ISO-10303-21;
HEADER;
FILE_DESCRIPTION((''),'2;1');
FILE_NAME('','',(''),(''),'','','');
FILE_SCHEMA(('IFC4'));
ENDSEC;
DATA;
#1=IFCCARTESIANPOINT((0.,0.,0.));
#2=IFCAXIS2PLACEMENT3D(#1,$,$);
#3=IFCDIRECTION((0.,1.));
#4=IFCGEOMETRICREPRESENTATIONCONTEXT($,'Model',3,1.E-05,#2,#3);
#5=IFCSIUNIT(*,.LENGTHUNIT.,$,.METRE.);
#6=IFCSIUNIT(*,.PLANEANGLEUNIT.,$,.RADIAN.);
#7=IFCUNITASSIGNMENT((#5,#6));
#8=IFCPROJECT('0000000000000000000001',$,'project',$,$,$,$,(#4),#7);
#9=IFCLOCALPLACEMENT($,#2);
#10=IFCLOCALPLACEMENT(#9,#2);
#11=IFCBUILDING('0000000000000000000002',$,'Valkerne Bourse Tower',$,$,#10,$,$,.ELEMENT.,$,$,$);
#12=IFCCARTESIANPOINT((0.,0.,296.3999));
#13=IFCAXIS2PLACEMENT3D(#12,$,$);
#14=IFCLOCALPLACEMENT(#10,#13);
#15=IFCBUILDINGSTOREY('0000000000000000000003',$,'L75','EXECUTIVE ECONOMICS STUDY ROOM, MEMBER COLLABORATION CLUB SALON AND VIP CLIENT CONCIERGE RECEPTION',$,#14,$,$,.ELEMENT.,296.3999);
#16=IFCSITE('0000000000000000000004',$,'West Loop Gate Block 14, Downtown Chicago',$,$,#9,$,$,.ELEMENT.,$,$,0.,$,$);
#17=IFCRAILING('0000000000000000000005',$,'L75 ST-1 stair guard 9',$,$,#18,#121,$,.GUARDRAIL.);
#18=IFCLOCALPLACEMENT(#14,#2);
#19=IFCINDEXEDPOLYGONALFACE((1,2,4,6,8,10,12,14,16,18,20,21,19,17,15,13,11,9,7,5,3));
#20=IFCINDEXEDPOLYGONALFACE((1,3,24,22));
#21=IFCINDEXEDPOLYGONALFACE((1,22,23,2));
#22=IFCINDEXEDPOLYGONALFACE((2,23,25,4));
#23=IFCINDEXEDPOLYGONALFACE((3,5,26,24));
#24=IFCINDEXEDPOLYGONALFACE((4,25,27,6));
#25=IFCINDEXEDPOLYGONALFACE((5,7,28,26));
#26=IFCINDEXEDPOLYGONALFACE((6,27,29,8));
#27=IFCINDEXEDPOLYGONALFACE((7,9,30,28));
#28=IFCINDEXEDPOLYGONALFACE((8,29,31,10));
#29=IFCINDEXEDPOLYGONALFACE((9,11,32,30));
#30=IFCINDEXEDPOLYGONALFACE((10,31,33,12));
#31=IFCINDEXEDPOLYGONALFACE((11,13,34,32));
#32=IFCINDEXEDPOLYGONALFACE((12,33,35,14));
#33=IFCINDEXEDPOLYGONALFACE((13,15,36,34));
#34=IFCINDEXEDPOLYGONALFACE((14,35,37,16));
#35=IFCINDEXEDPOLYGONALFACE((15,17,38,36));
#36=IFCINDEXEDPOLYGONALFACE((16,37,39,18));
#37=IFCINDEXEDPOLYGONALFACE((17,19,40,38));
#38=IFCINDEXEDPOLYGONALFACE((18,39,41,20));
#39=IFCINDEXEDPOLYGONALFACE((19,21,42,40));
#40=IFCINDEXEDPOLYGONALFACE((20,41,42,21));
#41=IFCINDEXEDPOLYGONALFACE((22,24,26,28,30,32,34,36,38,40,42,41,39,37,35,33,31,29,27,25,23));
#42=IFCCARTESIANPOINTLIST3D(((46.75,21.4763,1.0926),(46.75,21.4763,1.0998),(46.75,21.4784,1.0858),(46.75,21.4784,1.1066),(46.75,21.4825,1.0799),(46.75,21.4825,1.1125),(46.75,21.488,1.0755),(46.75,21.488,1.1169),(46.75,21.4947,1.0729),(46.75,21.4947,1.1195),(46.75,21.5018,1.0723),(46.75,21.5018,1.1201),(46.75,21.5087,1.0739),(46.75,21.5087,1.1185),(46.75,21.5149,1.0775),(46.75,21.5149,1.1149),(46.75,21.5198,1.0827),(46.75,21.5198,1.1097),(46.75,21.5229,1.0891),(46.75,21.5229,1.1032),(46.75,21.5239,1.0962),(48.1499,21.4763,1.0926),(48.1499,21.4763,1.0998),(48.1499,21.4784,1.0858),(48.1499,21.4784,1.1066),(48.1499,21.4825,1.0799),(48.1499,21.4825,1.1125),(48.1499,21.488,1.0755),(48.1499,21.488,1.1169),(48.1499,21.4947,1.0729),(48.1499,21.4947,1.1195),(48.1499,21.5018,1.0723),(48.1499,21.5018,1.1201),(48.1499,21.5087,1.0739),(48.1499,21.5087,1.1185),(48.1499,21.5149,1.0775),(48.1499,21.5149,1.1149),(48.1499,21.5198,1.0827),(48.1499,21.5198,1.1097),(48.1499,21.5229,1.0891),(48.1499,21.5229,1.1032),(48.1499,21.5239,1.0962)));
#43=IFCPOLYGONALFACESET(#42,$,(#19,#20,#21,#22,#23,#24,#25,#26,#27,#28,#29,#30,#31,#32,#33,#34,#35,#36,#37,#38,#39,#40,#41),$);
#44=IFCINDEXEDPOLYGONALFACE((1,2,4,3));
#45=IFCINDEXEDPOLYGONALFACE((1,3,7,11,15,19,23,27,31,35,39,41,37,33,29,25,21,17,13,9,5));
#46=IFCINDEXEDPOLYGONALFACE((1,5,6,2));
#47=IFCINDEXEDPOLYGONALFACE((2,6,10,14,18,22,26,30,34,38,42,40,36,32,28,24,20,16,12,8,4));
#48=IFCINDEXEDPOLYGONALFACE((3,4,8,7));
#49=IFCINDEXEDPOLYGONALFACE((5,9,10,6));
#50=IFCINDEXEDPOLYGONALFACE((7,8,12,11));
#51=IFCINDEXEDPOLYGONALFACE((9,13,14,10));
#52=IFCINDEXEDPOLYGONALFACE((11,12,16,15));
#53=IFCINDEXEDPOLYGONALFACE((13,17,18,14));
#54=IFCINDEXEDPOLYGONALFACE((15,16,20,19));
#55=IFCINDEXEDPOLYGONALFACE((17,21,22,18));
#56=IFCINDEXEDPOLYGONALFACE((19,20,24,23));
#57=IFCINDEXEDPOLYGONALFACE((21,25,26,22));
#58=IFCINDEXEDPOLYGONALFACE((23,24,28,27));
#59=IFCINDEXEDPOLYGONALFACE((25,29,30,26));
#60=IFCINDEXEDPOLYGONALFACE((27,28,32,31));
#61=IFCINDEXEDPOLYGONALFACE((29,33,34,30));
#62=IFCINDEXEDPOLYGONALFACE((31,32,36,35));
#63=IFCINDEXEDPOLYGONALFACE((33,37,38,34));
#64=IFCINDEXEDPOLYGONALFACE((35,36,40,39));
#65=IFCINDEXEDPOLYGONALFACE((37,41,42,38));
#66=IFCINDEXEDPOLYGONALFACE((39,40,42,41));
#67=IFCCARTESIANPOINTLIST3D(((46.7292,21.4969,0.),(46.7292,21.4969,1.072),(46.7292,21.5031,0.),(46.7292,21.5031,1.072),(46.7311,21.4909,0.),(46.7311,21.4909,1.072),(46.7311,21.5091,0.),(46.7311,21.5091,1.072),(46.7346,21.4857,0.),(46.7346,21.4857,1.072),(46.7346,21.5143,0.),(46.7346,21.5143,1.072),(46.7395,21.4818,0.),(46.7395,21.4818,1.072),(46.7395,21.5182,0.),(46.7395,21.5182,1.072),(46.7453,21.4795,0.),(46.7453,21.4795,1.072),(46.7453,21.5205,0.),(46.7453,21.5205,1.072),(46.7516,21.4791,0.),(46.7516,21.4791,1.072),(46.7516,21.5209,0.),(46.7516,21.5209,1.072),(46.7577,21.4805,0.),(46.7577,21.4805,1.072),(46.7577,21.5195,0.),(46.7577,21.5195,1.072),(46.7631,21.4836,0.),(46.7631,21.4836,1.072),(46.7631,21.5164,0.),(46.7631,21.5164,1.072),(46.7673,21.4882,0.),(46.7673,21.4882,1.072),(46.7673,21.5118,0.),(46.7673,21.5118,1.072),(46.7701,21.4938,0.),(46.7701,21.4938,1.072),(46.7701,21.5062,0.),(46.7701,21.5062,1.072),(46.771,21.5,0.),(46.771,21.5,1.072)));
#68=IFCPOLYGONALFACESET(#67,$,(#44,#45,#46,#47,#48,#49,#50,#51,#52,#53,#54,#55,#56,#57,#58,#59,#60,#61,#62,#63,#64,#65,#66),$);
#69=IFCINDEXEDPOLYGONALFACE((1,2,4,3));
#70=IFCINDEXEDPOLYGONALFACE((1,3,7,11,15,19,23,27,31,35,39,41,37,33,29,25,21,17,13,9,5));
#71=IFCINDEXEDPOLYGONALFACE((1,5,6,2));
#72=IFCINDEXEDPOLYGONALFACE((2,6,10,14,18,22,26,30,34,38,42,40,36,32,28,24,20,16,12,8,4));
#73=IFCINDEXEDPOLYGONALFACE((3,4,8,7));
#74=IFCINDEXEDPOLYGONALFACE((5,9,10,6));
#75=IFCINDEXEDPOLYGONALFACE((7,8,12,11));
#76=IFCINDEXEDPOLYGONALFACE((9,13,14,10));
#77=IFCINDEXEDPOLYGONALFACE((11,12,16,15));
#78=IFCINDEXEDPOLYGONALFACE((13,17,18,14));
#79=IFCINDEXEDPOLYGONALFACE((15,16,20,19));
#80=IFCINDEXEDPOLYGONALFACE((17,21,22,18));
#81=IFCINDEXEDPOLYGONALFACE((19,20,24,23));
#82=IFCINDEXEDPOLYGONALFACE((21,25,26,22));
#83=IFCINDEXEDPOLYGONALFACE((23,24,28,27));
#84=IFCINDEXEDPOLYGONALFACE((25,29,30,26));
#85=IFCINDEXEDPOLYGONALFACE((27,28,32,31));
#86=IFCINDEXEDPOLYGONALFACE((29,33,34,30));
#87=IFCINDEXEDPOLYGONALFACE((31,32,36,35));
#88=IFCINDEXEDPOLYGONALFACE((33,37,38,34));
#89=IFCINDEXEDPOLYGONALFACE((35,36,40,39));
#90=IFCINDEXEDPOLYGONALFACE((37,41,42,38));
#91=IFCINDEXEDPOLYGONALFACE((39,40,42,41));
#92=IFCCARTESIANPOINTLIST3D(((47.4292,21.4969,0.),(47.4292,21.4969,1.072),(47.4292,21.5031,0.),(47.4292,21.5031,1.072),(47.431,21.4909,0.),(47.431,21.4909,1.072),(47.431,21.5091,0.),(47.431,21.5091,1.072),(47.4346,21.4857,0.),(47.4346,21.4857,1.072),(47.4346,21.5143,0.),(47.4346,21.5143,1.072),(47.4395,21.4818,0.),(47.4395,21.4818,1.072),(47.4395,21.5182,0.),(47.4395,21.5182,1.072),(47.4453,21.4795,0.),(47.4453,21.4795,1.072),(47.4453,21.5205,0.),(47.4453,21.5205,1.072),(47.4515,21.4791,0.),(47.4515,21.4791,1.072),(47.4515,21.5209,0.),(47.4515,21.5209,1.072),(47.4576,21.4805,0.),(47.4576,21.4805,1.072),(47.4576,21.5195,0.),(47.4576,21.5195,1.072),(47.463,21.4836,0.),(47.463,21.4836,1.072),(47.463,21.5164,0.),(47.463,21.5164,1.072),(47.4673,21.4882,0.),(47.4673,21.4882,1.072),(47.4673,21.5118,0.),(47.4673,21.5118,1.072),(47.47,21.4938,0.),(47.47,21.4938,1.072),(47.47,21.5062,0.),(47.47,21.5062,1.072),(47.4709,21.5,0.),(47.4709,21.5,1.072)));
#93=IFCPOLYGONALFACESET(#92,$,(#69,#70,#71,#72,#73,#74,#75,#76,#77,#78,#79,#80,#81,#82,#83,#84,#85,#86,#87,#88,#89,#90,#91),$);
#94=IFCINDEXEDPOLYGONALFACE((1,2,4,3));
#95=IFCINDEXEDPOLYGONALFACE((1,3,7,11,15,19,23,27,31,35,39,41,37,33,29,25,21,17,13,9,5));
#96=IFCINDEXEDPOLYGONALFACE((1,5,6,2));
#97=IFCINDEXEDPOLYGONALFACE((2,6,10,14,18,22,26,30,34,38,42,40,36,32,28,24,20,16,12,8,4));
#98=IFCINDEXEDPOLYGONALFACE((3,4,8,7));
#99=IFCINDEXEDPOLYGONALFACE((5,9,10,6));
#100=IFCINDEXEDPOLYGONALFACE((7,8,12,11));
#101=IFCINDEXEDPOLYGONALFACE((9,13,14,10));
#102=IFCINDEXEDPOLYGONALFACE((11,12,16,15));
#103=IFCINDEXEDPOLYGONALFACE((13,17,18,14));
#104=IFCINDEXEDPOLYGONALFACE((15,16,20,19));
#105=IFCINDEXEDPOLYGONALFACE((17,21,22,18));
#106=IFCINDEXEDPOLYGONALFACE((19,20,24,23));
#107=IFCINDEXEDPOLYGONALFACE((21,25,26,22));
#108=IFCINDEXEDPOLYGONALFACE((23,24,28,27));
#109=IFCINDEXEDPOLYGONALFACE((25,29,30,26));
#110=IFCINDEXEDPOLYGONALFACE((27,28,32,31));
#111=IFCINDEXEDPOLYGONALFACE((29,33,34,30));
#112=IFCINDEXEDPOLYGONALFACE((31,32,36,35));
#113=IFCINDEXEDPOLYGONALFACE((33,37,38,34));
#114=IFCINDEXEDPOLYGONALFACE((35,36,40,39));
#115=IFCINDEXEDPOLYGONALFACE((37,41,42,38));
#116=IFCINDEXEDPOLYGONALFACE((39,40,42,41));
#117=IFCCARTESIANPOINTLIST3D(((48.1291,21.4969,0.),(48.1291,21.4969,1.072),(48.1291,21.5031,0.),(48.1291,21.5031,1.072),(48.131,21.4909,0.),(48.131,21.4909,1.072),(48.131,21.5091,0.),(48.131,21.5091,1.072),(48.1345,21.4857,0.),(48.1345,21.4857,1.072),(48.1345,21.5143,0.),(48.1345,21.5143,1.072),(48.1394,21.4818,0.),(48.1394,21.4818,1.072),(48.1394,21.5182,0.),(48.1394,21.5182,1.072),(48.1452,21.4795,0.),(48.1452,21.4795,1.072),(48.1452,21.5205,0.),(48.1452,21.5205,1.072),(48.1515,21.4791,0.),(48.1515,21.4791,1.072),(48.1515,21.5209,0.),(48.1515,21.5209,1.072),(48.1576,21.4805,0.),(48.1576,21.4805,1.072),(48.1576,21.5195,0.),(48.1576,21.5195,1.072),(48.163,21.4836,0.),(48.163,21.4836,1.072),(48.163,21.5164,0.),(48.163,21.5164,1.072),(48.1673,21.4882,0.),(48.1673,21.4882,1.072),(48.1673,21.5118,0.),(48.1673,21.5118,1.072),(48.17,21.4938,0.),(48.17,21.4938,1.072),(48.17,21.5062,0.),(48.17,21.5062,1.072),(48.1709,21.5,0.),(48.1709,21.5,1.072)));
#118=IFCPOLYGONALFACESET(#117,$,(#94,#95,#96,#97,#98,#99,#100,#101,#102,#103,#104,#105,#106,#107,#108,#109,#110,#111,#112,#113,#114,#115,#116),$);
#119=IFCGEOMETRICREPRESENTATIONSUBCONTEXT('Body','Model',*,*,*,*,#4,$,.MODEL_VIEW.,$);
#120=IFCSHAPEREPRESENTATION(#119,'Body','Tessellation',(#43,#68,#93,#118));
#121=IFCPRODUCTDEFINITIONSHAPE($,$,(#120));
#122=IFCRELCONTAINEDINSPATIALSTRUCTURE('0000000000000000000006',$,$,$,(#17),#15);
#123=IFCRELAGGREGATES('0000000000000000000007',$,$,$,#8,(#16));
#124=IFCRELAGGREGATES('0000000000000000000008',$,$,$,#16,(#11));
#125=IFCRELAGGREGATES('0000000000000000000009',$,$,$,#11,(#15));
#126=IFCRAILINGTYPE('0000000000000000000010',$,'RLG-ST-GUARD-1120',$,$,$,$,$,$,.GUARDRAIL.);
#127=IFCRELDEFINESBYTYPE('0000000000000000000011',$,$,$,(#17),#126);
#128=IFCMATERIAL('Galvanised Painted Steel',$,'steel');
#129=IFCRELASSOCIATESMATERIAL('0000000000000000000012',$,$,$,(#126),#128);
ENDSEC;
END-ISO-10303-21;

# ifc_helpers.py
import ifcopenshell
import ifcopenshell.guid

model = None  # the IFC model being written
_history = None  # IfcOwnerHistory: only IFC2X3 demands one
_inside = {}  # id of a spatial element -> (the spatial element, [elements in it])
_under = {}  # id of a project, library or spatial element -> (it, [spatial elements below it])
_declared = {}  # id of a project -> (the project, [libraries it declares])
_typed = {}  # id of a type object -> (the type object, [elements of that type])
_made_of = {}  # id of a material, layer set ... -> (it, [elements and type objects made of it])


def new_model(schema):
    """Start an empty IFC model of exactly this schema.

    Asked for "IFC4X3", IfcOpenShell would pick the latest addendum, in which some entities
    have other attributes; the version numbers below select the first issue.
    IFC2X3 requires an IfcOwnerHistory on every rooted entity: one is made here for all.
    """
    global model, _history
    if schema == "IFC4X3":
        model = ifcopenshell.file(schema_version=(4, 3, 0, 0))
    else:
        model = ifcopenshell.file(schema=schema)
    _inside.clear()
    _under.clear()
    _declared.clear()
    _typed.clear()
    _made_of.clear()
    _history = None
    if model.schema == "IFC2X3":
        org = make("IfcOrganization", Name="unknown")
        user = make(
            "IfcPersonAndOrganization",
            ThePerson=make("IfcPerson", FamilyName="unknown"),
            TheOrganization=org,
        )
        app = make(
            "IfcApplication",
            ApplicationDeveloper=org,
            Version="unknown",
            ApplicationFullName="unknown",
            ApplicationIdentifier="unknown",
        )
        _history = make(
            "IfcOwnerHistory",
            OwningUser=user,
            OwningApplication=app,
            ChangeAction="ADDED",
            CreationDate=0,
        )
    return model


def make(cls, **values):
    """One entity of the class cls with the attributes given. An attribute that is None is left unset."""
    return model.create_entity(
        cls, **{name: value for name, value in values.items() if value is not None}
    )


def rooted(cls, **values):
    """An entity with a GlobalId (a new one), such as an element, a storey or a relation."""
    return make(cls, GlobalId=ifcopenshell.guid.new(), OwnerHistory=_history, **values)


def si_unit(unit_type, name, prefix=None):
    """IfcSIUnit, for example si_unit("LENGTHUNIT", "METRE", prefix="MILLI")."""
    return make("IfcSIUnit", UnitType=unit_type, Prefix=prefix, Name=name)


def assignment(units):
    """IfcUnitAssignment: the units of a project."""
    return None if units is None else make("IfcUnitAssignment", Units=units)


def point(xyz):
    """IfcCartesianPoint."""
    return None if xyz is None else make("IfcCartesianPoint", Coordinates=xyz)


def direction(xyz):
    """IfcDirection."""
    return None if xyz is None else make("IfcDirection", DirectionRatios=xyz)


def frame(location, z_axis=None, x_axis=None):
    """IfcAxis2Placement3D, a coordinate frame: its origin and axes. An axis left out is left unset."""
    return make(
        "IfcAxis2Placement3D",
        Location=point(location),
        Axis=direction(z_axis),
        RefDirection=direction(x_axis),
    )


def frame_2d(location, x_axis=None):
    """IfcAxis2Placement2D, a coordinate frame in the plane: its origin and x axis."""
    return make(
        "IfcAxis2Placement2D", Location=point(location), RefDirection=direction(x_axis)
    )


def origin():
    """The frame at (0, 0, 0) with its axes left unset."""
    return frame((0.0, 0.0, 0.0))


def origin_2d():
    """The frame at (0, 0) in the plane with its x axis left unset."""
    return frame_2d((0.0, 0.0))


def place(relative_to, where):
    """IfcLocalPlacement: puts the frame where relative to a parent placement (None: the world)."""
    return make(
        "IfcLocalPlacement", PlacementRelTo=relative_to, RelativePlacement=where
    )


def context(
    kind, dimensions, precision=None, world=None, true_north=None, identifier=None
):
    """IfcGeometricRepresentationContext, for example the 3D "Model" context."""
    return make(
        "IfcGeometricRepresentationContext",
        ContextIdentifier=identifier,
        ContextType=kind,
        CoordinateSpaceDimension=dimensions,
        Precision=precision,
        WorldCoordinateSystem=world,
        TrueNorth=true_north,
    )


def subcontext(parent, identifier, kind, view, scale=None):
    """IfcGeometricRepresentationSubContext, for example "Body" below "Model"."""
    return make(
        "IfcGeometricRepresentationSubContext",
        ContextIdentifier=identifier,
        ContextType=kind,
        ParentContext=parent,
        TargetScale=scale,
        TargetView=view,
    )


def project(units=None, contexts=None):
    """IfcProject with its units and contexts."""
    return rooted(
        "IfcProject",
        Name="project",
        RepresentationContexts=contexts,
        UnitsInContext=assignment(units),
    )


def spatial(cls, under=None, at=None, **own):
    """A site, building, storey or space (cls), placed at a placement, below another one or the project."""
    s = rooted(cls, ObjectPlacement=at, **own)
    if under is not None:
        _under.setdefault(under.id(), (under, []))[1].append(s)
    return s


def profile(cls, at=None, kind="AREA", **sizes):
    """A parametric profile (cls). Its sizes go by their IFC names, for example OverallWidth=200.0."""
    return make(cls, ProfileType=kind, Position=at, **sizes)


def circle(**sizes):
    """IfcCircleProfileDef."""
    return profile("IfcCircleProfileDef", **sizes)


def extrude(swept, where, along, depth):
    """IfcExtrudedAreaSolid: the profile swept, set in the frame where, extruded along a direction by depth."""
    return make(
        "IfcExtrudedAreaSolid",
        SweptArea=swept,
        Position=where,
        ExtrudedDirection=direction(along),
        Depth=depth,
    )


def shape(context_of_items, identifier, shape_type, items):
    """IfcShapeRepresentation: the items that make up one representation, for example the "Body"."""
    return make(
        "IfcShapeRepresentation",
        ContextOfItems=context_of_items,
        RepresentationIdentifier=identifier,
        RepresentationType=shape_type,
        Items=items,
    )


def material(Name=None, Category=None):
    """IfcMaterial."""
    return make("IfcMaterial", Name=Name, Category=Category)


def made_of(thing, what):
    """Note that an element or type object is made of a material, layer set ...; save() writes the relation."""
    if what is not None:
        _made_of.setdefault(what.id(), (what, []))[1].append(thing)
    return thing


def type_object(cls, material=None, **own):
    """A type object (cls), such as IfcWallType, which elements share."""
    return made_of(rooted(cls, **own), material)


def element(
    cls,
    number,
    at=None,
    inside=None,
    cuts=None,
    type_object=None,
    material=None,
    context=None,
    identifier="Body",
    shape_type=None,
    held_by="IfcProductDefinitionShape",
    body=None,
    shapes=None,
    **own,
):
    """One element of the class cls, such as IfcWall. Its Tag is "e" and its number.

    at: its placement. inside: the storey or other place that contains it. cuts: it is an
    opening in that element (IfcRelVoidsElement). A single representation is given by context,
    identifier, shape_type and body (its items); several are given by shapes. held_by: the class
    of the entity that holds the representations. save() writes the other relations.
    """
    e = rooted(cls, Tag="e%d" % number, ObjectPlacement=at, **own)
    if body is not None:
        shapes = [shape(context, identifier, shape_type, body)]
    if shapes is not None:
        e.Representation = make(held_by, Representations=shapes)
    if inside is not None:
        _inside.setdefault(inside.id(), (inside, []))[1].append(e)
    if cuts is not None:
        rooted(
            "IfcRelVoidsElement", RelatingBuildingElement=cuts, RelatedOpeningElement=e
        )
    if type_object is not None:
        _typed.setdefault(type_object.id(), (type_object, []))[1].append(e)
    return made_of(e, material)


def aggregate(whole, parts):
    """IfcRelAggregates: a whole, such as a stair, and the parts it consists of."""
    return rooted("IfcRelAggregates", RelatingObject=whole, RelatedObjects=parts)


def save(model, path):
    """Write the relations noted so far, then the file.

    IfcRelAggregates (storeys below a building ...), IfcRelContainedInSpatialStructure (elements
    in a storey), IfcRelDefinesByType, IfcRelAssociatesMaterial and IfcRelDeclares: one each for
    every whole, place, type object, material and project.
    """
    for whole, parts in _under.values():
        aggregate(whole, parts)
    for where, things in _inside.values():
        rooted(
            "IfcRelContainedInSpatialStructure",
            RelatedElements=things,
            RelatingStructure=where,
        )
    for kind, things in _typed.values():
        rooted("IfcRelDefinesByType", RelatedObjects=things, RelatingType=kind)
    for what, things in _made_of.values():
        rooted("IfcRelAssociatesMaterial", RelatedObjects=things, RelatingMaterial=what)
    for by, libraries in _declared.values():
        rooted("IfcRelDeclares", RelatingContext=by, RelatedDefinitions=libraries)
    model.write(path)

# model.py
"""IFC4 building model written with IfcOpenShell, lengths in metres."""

from ifc_helpers import new_model, si_unit, direction, frame, origin, origin_2d, place, context, subcontext, project, spatial, circle, extrude, material, type_object, element, save


model = new_model("IFC4")

# Units and contexts
model_context = context("Model", 3, precision=1e-05, world=origin(), true_north=direction((0.0, 1.0)))
body_context = subcontext(model_context, "Body", "Model", "MODEL_VIEW")
ifc_project = project(units=[si_unit("LENGTHUNIT", "METRE"), si_unit("PLANEANGLEUNIT", "RADIAN")], contexts=[model_context])

# Site, building, storey
site_placement = place(None, origin())
site = spatial("IfcSite", under=ifc_project, at=site_placement, Name="West Loop Gate Block 14, Downtown Chicago", CompositionType="ELEMENT", RefElevation=0.0)
building_placement = place(site_placement, origin())
building = spatial("IfcBuilding", under=site, at=building_placement, Name="Valkerne Bourse Tower", CompositionType="ELEMENT")
storey_placement = place(building_placement, frame((0.0, 0.0, 296.3999)))
storey = spatial("IfcBuildingStorey", under=building, at=storey_placement, Name="L75", Description="EXECUTIVE ECONOMICS STUDY ROOM, MEMBER COLLABORATION CLUB SALON AND VIP CLIENT CONCIERGE RECEPTION", CompositionType="ELEMENT", Elevation=296.3999)

# Shared definitions
ifc_material_1 = material(Name="Galvanised Painted Steel", Category="steel")

# Railing
railing_type_1 = type_object("IfcRailingType", Name="RLG-ST-GUARD-1120", PredefinedType="GUARDRAIL", material=ifc_material_1)
for number, where, name in (
    (1, (46.75, 21.5, 0.0), "L75 ST-1 stair guard 9"),
):
    element("IfcRailing", number, at=place(storey_placement, frame(where)), inside=storey, type_object=railing_type_1, Name=name, PredefinedType="GUARDRAIL", context=body_context, shape_type="SweptSolid", body=[
        extrude(circle(Radius=0.0239, at=origin_2d()), frame((0.0, 0.0, 1.0962), z_axis=(1.0, 0.0, 0.0), x_axis=(0.0, 1.0, 0.0)), (0.0, 0.0, 1.0), 1.3999),
        extrude(circle(Radius=0.021, at=origin_2d()), origin(), (0.0, 0.0, 1.0), 1.072),
        extrude(circle(Radius=0.021, at=origin_2d()), frame((0.7, 0.0, 0.0)), (0.0, 0.0, 1.0), 1.072),
        extrude(circle(Radius=0.021, at=origin_2d()), frame((1.3999, 0.0, 0.0)), (0.0, 0.0, 1.0), 1.072),
    ])

save(model, "model.ifc")
